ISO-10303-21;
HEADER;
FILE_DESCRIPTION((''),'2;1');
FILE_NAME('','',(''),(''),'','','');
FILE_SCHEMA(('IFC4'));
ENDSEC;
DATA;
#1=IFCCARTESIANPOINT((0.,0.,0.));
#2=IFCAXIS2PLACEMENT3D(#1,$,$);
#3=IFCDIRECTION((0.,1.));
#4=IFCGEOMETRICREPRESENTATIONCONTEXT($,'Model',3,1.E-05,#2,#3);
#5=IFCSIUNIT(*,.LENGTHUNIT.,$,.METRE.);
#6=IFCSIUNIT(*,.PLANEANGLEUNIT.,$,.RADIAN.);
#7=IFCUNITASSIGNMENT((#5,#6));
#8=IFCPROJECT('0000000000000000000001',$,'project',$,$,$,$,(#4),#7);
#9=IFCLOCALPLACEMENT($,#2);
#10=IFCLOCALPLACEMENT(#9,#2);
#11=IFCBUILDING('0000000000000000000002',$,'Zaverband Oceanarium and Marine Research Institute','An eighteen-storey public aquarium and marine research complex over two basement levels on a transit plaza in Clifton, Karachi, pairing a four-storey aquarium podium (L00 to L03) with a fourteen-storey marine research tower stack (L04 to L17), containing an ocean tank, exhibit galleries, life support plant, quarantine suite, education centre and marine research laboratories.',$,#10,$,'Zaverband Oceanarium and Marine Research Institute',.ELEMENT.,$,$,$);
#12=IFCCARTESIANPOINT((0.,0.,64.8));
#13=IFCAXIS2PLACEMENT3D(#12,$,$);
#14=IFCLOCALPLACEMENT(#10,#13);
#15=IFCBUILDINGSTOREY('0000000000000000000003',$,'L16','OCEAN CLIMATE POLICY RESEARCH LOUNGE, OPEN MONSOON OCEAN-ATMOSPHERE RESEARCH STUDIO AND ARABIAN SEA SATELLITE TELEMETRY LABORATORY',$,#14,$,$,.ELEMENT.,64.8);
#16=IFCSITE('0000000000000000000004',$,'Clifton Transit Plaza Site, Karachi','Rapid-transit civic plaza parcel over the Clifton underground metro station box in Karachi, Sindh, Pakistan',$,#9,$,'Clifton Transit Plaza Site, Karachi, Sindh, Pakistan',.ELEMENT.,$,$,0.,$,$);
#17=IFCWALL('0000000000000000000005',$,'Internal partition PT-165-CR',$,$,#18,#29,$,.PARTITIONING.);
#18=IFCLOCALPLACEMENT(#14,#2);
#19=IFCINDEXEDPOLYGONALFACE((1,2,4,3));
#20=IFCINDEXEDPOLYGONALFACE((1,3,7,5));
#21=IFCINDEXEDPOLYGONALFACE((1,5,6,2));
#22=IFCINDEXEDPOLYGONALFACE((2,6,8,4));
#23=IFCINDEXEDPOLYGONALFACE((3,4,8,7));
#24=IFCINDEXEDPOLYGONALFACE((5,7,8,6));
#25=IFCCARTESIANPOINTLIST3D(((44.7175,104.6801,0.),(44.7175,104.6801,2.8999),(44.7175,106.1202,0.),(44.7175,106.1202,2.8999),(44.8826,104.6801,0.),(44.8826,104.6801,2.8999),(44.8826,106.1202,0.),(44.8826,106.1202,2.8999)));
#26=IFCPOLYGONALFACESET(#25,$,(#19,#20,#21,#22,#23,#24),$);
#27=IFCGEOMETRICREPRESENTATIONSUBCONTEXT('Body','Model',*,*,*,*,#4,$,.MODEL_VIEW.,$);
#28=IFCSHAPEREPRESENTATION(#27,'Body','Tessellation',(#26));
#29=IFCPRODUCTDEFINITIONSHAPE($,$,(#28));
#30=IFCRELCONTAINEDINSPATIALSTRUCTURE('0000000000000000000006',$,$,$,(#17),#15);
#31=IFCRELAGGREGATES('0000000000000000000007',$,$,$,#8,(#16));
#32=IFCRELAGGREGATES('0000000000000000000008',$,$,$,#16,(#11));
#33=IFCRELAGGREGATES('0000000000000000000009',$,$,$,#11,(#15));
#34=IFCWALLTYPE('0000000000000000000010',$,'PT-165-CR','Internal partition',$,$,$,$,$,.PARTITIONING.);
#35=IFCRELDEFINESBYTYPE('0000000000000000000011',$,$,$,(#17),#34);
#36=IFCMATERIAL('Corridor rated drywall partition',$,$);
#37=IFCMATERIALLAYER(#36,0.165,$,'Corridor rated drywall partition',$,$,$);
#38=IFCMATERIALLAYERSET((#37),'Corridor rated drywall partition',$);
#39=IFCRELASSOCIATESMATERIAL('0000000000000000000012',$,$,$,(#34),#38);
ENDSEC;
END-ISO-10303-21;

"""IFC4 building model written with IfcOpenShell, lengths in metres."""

from ifc_helpers import new_model, si_unit, direction, frame, frame_2d, origin, place, context, subcontext, project, spatial, rectangle, extrude, material, layer, layer_set, type_object, element, save


model = new_model("IFC4")

# Units and contexts
model_context = context("Model", 3, precision=1e-05, world=origin(), true_north=direction((0.0, 1.0)))
body_context = subcontext(model_context, "Body", "Model", "MODEL_VIEW")
ifc_project = project(units=[si_unit("LENGTHUNIT", "METRE"), si_unit("PLANEANGLEUNIT", "RADIAN")], contexts=[model_context])

# Site, building, storey
site_placement = place(None, origin())
site = spatial("IfcSite", under=ifc_project, at=site_placement, Name="Clifton Transit Plaza Site, Karachi", Description="Rapid-transit civic plaza parcel over the Clifton underground metro station box in Karachi, Sindh, Pakistan", LongName="Clifton Transit Plaza Site, Karachi, Sindh, Pakistan", CompositionType="ELEMENT", RefElevation=0.0)
building_placement = place(site_placement, origin())
building = spatial("IfcBuilding", under=site, at=building_placement, Name="Zaverband Oceanarium and Marine Research Institute", Description="An eighteen-storey public aquarium and marine research complex over two basement levels on a transit plaza in Clifton, Karachi, pairing a four-storey aquarium podium (L00 to L03) with a fourteen-storey marine research tower stack (L04 to L17), containing an ocean tank, exhibit galleries, life support plant, quarantine suite, education centre and marine research laboratories.", LongName="Zaverband Oceanarium and Marine Research Institute", CompositionType="ELEMENT")
storey_placement = place(building_placement, frame((0.0, 0.0, 64.8)))
storey = spatial("IfcBuildingStorey", under=building, at=storey_placement, Name="L16", Description="OCEAN CLIMATE POLICY RESEARCH LOUNGE, OPEN MONSOON OCEAN-ATMOSPHERE RESEARCH STUDIO AND ARABIAN SEA SATELLITE TELEMETRY LABORATORY", CompositionType="ELEMENT", Elevation=64.8)

# Wall
ifc_material_1 = material(Name="Corridor rated drywall partition")
ifc_layer_1 = layer(ifc_material_1, 0.165, Name="Corridor rated drywall partition")
ifc_layer_set_1 = layer_set([ifc_layer_1], Name="Corridor rated drywall partition")
wall_type_1 = type_object("IfcWallType", Name="PT-165-CR", Description="Internal partition", PredefinedType="PARTITIONING", material=ifc_layer_set_1)
wall_1_placement = place(storey_placement, frame((44.8, 104.6799, 0.0), z_axis=(0.0, 0.0, 1.0), x_axis=(0.0, 1.0, 0.0)))
element("IfcWall", 1, at=wall_1_placement, inside=storey, type_object=wall_type_1, Name="Internal partition PT-165-CR", PredefinedType="PARTITIONING", context=body_context, shape_type="SweptSolid", body=[
    extrude(rectangle(XDim=1.4402, YDim=0.165, at=frame_2d((0.7202, 0.0))), origin(), (0.0, 0.0, 1.0), 2.8999),
])

save(model, "model.ifc")
